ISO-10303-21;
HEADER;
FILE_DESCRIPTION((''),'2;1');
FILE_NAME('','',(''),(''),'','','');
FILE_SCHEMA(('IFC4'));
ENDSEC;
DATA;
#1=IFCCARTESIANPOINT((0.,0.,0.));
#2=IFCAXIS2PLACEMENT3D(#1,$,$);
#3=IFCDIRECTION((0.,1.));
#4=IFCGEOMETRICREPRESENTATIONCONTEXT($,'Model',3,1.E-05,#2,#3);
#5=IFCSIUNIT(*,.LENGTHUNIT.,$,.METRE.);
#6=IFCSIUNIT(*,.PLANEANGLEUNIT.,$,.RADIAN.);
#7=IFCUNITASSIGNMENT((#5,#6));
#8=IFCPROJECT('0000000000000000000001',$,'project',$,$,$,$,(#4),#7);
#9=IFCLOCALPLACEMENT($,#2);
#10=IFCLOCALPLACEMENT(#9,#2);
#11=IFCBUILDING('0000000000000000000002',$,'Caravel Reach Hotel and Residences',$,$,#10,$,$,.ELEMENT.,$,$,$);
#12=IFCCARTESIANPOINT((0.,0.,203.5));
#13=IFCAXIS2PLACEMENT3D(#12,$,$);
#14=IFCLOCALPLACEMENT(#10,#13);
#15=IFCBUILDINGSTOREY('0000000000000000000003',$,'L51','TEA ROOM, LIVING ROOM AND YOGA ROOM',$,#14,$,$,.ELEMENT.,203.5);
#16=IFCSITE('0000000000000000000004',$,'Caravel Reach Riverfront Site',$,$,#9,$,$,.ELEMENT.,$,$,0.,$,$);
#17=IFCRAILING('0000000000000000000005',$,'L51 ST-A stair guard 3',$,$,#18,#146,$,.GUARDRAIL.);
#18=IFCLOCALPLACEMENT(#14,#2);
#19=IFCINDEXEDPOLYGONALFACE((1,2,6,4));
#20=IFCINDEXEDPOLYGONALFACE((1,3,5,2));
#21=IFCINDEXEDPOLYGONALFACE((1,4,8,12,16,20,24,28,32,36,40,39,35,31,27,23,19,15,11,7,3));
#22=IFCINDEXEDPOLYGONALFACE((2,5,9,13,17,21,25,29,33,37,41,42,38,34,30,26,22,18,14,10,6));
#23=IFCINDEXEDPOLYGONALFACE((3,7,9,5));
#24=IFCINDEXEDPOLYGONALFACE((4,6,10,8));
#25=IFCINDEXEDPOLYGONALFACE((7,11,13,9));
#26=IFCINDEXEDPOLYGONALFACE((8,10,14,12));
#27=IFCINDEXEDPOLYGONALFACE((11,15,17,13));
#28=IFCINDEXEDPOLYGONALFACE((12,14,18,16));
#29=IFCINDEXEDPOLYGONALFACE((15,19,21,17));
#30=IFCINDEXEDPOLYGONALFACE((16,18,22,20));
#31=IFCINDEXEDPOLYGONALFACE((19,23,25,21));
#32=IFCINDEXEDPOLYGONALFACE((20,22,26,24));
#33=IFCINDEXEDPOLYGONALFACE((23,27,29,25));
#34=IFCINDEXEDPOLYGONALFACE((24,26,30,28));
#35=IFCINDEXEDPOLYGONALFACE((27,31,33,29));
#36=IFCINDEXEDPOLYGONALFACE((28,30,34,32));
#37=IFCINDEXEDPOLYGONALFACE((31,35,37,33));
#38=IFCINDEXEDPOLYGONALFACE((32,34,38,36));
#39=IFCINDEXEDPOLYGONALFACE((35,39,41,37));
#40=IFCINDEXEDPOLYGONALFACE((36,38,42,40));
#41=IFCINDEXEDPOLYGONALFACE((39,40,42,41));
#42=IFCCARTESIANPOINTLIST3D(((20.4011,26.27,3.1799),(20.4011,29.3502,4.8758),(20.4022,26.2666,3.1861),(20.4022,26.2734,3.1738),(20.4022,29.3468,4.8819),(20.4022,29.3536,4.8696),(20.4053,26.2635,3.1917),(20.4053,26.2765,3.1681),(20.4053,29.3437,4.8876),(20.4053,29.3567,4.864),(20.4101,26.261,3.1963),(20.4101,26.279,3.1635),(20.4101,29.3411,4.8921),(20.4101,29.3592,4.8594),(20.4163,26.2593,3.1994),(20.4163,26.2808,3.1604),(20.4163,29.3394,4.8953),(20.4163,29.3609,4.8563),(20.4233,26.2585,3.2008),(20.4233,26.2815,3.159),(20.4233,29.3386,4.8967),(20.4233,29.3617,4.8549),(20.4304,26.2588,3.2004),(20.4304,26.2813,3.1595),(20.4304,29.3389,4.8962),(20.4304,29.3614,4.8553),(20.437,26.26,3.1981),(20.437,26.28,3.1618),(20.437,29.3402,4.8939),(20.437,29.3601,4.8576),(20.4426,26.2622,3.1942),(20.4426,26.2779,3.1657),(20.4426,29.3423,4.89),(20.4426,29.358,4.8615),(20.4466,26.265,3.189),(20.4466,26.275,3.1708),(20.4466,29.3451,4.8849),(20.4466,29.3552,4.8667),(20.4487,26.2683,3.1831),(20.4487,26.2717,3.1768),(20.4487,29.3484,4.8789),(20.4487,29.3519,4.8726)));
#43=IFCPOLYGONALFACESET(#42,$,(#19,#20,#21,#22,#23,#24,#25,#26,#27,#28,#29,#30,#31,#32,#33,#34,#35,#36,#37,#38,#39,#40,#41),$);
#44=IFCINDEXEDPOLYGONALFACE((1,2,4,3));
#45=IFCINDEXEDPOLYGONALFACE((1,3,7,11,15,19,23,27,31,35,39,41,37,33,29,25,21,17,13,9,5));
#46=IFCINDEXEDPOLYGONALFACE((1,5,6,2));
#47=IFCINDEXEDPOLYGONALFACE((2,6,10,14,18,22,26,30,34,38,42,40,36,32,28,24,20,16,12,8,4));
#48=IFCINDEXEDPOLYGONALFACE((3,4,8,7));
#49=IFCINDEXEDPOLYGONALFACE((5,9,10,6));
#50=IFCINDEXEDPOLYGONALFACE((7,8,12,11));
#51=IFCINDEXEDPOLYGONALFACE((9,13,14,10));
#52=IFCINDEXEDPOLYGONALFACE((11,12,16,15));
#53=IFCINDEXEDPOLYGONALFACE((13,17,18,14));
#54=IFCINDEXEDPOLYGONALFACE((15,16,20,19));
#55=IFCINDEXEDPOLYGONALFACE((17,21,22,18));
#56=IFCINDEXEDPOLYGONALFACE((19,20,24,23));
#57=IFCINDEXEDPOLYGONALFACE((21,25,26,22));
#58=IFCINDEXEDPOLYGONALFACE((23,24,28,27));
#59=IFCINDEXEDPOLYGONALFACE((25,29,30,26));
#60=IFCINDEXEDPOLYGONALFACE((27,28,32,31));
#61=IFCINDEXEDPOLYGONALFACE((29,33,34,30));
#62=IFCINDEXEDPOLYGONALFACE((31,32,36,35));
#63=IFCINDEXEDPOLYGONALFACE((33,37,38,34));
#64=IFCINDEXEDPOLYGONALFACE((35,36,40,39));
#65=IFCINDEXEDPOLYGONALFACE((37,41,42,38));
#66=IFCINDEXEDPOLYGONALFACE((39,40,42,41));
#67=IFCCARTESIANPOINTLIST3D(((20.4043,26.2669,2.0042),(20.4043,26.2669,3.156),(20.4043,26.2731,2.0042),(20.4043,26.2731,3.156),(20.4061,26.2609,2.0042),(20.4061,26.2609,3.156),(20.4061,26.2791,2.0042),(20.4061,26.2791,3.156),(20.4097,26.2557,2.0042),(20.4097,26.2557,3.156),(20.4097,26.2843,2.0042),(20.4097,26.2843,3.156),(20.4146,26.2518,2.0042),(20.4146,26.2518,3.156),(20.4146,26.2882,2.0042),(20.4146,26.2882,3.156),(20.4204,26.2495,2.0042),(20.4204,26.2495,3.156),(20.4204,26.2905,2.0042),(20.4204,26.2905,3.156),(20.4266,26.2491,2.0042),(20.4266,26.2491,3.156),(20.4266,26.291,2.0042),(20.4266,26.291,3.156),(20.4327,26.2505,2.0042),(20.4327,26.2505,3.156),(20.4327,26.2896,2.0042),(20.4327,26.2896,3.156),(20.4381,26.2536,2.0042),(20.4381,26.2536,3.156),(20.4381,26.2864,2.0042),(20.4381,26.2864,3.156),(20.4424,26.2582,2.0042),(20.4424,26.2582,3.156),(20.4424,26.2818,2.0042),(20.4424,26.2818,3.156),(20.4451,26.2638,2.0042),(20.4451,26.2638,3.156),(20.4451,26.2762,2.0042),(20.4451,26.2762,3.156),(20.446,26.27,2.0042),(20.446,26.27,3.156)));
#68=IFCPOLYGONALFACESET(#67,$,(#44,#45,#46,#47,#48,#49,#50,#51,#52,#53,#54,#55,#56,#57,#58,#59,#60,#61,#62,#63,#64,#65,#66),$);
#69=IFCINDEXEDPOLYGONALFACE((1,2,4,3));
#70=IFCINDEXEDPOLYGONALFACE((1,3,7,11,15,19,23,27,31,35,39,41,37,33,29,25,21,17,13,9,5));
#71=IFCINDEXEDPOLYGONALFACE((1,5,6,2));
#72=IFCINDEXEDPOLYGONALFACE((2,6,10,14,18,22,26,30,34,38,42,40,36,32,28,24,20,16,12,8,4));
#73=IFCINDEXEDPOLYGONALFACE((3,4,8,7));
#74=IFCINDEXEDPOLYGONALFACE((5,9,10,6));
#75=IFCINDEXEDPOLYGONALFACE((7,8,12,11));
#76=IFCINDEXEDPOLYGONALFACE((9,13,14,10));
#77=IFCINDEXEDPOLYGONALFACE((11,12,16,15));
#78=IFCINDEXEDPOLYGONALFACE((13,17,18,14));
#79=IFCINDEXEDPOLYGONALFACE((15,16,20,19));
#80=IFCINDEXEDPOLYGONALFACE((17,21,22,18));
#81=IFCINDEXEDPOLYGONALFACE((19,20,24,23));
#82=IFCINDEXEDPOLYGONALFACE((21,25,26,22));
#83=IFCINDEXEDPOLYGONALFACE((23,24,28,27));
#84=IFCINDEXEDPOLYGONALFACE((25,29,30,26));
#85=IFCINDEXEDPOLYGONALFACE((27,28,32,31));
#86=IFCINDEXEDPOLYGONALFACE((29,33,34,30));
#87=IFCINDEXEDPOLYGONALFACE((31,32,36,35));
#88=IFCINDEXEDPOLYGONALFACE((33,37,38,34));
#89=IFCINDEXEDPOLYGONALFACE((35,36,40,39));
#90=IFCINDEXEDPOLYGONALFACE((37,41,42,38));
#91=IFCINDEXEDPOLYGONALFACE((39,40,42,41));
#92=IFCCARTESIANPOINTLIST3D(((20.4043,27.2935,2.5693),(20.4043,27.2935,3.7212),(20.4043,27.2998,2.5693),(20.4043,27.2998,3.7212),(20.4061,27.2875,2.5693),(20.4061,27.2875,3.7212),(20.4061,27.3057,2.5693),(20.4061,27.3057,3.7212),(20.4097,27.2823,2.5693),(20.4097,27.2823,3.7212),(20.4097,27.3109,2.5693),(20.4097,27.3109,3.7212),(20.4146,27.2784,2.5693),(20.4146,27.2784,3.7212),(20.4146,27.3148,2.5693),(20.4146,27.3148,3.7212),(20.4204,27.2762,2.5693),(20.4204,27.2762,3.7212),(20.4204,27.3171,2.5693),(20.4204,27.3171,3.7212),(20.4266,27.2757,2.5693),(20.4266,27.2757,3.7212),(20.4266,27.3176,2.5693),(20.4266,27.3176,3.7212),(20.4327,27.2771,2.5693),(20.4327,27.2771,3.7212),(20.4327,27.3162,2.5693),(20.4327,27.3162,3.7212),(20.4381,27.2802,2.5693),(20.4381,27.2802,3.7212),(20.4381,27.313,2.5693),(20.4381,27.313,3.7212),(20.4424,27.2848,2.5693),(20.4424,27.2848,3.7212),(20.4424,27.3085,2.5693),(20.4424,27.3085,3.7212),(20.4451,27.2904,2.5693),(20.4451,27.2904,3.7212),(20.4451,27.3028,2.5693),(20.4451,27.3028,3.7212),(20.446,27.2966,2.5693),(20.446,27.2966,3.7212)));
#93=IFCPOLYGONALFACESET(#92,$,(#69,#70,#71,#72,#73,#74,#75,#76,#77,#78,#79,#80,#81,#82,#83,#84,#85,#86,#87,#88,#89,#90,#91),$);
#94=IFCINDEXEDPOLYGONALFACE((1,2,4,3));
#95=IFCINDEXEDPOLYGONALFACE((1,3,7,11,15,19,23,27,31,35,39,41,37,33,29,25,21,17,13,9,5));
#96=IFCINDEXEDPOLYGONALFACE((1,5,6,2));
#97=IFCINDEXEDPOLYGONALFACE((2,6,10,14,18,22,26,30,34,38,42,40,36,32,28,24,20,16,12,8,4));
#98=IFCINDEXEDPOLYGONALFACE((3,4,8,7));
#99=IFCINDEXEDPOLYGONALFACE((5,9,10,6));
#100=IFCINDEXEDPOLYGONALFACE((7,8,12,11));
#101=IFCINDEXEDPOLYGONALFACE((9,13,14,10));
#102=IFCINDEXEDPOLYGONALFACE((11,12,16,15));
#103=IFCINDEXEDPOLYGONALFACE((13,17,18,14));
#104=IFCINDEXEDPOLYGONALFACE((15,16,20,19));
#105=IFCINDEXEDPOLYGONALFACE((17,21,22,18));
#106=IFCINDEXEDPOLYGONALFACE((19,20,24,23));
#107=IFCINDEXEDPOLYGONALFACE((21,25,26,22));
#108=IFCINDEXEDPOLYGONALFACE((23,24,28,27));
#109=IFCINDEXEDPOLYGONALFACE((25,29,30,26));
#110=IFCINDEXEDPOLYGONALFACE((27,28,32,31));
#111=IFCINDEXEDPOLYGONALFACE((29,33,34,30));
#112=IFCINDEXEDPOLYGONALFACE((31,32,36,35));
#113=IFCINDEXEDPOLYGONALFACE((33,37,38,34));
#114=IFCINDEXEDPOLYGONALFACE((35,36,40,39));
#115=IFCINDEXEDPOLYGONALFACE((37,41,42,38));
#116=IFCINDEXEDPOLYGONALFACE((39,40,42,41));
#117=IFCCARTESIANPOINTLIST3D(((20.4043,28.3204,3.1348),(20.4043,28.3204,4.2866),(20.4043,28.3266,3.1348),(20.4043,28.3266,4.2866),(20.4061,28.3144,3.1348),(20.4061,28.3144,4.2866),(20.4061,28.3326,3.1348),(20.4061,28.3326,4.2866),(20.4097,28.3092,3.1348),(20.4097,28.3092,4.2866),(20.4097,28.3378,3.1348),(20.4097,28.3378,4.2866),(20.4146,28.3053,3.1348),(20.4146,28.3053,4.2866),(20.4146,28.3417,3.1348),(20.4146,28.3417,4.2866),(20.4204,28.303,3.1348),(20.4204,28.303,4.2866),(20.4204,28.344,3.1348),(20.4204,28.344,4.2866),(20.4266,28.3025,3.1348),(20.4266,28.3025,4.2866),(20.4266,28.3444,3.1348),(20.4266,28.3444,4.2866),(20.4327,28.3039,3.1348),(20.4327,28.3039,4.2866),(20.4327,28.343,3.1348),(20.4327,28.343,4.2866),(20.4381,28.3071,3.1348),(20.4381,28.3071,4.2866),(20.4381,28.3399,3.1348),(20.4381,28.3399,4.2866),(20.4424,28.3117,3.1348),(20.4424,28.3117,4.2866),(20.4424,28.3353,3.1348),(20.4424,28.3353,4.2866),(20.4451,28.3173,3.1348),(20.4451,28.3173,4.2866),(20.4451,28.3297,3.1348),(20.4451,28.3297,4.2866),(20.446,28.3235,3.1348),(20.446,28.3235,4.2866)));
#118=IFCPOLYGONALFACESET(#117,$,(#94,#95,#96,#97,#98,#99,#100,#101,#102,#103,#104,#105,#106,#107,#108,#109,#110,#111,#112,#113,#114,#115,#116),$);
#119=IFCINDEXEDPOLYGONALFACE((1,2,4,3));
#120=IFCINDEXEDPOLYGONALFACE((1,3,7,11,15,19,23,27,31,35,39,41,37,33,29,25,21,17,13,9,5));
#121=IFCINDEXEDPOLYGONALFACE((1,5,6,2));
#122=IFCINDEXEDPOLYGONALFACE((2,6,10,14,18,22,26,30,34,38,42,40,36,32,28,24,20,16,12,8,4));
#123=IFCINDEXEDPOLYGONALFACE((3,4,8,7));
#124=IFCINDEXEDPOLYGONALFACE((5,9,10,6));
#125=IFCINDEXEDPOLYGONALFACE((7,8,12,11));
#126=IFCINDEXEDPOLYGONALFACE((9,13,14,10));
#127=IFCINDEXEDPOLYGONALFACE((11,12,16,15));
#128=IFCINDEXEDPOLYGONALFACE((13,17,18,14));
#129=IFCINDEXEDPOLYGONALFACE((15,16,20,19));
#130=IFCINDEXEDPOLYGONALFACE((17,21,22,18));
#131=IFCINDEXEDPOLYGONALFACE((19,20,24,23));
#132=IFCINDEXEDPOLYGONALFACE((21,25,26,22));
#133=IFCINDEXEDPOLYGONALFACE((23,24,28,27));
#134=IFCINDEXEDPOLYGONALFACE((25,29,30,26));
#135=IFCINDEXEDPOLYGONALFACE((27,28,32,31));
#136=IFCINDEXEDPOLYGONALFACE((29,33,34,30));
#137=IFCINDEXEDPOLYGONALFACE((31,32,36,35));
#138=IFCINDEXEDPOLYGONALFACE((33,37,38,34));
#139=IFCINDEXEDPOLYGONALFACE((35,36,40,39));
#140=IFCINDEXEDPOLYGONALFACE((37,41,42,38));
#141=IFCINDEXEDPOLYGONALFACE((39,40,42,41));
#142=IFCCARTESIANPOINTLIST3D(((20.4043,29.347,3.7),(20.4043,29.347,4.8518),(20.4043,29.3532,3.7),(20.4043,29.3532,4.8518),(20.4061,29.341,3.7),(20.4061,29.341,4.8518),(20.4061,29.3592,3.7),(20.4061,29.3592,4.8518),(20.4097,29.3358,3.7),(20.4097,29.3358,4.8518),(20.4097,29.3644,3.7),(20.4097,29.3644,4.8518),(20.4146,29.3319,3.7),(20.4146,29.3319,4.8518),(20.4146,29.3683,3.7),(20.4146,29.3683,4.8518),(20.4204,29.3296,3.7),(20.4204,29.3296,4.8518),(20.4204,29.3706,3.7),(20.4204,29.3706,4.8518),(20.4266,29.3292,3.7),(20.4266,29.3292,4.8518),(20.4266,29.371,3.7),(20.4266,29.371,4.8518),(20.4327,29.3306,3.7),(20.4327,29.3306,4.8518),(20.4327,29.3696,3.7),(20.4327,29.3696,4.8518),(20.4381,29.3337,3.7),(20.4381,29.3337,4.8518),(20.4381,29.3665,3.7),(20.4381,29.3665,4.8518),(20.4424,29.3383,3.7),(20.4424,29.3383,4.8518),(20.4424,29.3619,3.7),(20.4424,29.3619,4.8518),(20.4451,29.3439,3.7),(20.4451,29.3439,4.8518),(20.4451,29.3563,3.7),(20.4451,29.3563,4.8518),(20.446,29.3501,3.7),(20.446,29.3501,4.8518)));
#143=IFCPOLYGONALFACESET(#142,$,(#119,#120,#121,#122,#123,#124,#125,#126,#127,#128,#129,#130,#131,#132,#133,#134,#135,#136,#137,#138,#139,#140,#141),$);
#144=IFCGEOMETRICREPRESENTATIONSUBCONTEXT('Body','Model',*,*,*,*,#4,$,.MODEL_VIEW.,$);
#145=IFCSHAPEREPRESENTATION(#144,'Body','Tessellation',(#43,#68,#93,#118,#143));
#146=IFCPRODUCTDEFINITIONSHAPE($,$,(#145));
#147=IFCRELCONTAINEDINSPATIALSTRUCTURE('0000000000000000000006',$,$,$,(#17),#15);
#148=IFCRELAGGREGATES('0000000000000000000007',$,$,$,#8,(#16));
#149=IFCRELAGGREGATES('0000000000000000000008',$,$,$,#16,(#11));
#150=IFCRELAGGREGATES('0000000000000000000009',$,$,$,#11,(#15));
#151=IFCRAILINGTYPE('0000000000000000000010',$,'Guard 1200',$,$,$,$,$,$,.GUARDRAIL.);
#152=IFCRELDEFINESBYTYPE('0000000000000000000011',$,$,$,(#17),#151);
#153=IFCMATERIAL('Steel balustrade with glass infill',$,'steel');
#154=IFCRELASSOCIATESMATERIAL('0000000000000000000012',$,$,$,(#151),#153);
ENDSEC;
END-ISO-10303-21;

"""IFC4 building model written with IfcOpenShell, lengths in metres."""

from ifc_helpers import new_model, si_unit, direction, frame, origin, origin_2d, place, context, subcontext, project, spatial, circle, extrude, material, type_object, element, save


model = new_model("IFC4")

# Units and contexts
model_context = context("Model", 3, precision=1e-05, world=origin(), true_north=direction((0.0, 1.0)))
body_context = subcontext(model_context, "Body", "Model", "MODEL_VIEW")
ifc_project = project(units=[si_unit("LENGTHUNIT", "METRE"), si_unit("PLANEANGLEUNIT", "RADIAN")], contexts=[model_context])

# Site, building, storey
site_placement = place(None, origin())
site = spatial("IfcSite", under=ifc_project, at=site_placement, Name="Caravel Reach Riverfront Site", CompositionType="ELEMENT", RefElevation=0.0)
building_placement = place(site_placement, origin())
building = spatial("IfcBuilding", under=site, at=building_placement, Name="Caravel Reach Hotel and Residences", CompositionType="ELEMENT")
storey_placement = place(building_placement, frame((0.0, 0.0, 203.5)))
storey = spatial("IfcBuildingStorey", under=building, at=storey_placement, Name="L51", Description="TEA ROOM, LIVING ROOM AND YOGA ROOM", CompositionType="ELEMENT", Elevation=203.5)

# Railing
ifc_material_1 = material(Name="Steel balustrade with glass infill", Category="steel")
railing_type_1 = type_object("IfcRailingType", Name="Guard 1200", PredefinedType="GUARDRAIL", material=ifc_material_1)
railing_1_placement = place(storey_placement, frame((20.425, 26.27, 2.0042)))
element("IfcRailing", 1, at=railing_1_placement, inside=storey, type_object=railing_type_1, Name="L51 ST-A stair guard 3", PredefinedType="GUARDRAIL", context=body_context, shape_type="SweptSolid", body=[
    extrude(circle(Radius=0.0239, at=origin_2d()), frame((0.0, 0.0, 1.1758), z_axis=(0.0, 0.876005, 0.482303), x_axis=(-1.0, 0.0, 0.0)), (0.0, 0.0, 1.0), 3.5161),
    extrude(circle(Radius=0.021, at=origin_2d()), origin(), (0.0, 0.0, 1.0), 1.1519),
    extrude(circle(Radius=0.021, at=origin_2d()), frame((0.0, 1.0266, 0.5652)), (0.0, 0.0, 1.0), 1.1519),
    extrude(circle(Radius=0.021, at=origin_2d()), frame((0.0, 2.0535, 1.1306)), (0.0, 0.0, 1.0), 1.1519),
    extrude(circle(Radius=0.021, at=origin_2d()), frame((0.0, 3.0801, 1.6958)), (0.0, 0.0, 1.0), 1.1519),
])

save(model, "model.ifc")
